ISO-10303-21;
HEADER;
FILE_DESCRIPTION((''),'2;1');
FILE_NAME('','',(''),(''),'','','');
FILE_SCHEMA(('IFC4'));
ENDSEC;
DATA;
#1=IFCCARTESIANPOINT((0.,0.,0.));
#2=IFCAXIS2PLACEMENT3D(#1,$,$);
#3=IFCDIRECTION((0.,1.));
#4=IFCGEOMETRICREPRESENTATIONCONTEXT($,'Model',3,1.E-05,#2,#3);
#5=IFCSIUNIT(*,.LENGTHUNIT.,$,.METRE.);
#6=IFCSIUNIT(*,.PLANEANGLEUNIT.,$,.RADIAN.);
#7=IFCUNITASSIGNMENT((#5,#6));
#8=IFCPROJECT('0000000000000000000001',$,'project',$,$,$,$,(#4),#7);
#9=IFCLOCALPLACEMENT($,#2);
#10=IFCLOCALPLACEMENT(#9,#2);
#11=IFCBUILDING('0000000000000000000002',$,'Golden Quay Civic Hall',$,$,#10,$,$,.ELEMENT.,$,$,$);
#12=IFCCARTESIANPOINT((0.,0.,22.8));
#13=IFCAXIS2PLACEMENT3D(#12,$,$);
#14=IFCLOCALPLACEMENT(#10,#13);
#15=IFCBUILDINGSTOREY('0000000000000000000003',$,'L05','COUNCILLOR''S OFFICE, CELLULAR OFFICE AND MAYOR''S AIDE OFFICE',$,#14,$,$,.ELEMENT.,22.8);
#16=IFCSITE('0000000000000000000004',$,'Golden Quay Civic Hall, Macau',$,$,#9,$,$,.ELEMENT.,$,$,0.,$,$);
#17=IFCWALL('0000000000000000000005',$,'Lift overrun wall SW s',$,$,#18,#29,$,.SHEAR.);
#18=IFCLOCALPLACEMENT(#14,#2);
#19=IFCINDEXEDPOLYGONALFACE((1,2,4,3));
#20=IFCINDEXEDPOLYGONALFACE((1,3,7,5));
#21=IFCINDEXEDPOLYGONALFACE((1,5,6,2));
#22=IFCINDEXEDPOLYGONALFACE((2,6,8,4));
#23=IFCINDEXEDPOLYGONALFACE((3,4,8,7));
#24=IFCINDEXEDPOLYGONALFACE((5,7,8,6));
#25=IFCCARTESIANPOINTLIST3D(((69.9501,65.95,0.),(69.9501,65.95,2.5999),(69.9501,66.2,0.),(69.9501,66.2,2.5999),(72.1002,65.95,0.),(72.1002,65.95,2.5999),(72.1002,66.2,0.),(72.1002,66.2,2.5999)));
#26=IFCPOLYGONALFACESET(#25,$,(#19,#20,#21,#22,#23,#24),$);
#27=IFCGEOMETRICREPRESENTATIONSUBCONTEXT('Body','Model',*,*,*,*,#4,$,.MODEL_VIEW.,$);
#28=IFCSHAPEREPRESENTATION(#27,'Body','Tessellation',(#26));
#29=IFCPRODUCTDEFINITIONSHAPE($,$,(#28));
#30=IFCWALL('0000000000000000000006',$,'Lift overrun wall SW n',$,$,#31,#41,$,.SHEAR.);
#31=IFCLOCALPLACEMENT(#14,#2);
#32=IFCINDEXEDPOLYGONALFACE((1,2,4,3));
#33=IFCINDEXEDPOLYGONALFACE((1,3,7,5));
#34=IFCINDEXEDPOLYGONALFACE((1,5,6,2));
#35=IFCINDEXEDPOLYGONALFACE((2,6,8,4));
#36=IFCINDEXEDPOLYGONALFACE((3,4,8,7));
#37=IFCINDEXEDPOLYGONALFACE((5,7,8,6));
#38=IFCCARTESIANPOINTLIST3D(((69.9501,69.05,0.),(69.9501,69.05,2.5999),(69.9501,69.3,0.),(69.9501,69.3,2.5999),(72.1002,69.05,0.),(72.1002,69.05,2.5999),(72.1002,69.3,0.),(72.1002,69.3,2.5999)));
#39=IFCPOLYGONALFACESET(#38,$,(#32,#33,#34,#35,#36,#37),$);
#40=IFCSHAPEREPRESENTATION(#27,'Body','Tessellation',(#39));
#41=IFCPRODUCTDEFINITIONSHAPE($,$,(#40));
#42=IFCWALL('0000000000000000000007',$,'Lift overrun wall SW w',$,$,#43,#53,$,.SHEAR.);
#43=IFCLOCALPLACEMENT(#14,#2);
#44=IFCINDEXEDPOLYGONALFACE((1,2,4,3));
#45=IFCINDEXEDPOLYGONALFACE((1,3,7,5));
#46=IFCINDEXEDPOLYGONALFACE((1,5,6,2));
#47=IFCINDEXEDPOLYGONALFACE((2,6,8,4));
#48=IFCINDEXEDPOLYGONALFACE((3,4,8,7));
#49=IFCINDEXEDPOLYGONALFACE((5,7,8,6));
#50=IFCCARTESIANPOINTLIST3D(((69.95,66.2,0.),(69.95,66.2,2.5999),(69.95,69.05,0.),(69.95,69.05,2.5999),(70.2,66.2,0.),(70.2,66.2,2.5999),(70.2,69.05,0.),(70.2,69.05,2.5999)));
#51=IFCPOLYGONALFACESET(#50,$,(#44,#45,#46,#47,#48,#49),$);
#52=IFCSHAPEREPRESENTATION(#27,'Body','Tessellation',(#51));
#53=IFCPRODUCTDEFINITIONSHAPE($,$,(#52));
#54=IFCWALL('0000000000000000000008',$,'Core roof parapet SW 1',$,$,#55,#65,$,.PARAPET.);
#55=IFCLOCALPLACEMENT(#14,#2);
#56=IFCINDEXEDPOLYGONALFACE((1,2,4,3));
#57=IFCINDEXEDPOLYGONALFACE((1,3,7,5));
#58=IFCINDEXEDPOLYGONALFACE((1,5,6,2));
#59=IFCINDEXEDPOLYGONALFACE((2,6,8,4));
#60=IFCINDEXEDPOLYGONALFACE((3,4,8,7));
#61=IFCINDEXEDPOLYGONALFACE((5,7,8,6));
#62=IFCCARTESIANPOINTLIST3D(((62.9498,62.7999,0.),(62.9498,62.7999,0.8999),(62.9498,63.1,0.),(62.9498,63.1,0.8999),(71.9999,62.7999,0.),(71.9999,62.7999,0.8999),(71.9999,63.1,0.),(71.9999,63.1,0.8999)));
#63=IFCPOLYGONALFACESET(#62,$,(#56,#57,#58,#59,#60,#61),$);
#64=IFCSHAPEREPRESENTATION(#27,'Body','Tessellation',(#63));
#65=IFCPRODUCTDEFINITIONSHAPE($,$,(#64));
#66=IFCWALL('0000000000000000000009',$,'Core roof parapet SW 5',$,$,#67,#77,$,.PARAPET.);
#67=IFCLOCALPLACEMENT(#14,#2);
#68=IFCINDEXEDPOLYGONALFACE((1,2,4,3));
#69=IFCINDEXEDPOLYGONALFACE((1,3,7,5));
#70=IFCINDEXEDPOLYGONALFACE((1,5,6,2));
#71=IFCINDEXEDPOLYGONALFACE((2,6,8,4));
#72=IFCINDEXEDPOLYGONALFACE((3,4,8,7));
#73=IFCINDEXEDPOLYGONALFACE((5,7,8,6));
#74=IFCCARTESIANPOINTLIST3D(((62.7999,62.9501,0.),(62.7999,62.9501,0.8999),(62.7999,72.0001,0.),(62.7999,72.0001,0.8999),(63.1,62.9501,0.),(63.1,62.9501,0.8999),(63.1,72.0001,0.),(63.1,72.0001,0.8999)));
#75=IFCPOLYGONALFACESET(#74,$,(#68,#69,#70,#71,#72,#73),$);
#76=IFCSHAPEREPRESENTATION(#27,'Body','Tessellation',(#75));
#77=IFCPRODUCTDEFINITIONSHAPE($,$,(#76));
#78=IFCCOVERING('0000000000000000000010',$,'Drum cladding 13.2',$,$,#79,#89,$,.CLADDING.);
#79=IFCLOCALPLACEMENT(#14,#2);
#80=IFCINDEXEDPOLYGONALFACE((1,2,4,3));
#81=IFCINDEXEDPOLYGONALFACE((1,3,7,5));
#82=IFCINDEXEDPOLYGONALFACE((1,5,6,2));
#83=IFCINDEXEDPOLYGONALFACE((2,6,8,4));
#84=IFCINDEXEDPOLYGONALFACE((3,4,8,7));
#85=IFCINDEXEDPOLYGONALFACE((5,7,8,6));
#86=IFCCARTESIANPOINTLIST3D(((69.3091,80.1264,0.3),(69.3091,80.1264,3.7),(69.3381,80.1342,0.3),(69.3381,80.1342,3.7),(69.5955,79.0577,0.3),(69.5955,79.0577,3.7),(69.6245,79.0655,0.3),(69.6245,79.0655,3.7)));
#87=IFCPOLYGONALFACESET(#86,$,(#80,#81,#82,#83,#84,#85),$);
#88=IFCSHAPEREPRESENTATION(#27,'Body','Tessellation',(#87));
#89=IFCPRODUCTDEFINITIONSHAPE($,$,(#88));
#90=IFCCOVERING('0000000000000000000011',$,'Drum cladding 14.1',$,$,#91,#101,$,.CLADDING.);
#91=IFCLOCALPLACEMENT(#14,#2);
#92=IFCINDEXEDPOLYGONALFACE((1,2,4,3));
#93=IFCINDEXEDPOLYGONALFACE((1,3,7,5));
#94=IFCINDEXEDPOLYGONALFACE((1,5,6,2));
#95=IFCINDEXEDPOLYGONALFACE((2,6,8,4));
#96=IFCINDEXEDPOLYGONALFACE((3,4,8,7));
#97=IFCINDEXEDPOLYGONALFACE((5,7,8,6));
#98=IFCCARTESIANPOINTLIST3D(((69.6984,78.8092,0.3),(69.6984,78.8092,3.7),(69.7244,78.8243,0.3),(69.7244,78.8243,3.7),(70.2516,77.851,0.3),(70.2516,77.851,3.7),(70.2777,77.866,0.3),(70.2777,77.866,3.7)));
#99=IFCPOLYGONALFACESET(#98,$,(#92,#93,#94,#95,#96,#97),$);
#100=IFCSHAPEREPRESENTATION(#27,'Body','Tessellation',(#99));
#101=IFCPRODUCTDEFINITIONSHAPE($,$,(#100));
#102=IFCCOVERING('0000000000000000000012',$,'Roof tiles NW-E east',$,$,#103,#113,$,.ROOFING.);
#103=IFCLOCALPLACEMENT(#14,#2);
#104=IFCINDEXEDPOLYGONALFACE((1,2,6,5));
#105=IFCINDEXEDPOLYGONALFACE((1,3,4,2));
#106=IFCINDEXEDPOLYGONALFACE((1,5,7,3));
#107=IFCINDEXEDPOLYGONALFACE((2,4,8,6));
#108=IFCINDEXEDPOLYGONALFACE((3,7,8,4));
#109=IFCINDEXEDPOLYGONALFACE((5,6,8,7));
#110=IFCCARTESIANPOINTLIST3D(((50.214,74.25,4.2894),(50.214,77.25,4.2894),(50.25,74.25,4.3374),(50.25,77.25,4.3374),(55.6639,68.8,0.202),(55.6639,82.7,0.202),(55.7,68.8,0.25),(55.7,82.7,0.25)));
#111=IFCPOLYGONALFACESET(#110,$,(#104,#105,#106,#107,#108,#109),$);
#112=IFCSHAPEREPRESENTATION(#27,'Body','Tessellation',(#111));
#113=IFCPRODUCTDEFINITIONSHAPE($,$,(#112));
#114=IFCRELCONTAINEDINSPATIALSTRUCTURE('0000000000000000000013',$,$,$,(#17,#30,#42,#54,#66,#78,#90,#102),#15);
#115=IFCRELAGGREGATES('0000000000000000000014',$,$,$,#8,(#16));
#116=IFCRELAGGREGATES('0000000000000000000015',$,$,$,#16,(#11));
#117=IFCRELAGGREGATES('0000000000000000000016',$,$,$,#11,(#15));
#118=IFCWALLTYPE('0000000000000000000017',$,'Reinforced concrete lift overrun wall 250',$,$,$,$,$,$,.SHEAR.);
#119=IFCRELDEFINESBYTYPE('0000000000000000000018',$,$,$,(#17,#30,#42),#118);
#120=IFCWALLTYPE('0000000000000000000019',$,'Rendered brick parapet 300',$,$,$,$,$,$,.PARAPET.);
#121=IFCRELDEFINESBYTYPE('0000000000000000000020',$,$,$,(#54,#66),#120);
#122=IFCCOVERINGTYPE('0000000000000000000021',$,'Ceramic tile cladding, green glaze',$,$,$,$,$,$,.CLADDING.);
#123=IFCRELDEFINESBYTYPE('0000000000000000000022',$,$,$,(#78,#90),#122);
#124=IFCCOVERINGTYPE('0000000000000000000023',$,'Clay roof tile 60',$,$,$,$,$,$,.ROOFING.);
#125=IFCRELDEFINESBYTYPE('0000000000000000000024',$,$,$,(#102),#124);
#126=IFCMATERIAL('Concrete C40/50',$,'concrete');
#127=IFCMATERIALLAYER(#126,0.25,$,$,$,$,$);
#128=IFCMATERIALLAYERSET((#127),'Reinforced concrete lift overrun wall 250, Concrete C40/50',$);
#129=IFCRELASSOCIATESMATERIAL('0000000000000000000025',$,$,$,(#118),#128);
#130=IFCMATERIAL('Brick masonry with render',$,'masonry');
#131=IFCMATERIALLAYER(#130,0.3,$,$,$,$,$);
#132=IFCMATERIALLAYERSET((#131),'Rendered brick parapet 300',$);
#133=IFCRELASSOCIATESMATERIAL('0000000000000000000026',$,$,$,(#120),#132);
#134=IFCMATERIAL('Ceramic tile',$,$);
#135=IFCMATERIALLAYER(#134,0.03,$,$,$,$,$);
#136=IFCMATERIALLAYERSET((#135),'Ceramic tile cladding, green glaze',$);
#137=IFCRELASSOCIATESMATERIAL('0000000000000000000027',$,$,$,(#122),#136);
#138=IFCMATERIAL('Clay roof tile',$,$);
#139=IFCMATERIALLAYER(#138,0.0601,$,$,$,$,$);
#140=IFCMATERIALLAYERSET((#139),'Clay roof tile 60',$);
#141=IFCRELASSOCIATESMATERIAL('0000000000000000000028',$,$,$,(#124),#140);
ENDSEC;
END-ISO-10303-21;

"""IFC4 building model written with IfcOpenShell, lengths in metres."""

from ifc_helpers import new_model, si_unit, direction, frame, frame_2d, origin, origin_2d, place, context, subcontext, project, spatial, polyline, rectangle, outline, extrude, material, layer, layer_set, type_object, element, save


model = new_model("IFC4")

# Units and contexts
model_context = context("Model", 3, precision=1e-05, world=origin(), true_north=direction((0.0, 1.0)))
body_context = subcontext(model_context, "Body", "Model", "MODEL_VIEW")
ifc_project = project(units=[si_unit("LENGTHUNIT", "METRE"), si_unit("PLANEANGLEUNIT", "RADIAN")], contexts=[model_context])

# Site, building, storey
site_placement = place(None, origin())
site = spatial("IfcSite", under=ifc_project, at=site_placement, Name="Golden Quay Civic Hall, Macau", CompositionType="ELEMENT", RefElevation=0.0)
building_placement = place(site_placement, origin())
building = spatial("IfcBuilding", under=site, at=building_placement, Name="Golden Quay Civic Hall", CompositionType="ELEMENT")
storey_placement = place(building_placement, frame((0.0, 0.0, 22.8)))
storey = spatial("IfcBuildingStorey", under=building, at=storey_placement, Name="L05", Description="COUNCILLOR'S OFFICE, CELLULAR OFFICE AND MAYOR'S AIDE OFFICE", CompositionType="ELEMENT", Elevation=22.8)

# Walls
ifc_material_1 = material(Name="Concrete C40/50", Category="concrete")
ifc_layer_1 = layer(ifc_material_1, 0.25)
ifc_layer_set_1 = layer_set([ifc_layer_1], Name="Reinforced concrete lift overrun wall 250, Concrete C40/50")
wall_type_1 = type_object("IfcWallType", Name="Reinforced concrete lift overrun wall 250", PredefinedType="SHEAR", material=ifc_layer_set_1)
for number, where, z_axis, x_axis, name in (
    (1, (69.95, 66.075, 0.0), (0.0, 0.0, 1.0), (1.0, 0.0, 0.0), "Lift overrun wall SW s"),
    (2, (69.95, 69.175, 0.0), (0.0, 0.0, 1.0), (1.0, 0.0, 0.0), "Lift overrun wall SW n"),
):
    element("IfcWall", number, at=place(storey_placement, frame(where, z_axis=z_axis, x_axis=x_axis)), inside=storey, type_object=wall_type_1, Name=name, PredefinedType="SHEAR", context=body_context, shape_type="SweptSolid", body=[
        extrude(rectangle(XDim=2.1501, YDim=0.25, at=frame_2d((1.0752, 0.0))), origin(), (0.0, 0.0, 1.0), 2.5999),
    ])
wall_1_placement = place(storey_placement, frame((70.075, 66.2, 0.0), z_axis=(0.0, 0.0, 1.0), x_axis=(0.0, 1.0, 0.0)))
element("IfcWall", 3, at=wall_1_placement, inside=storey, type_object=wall_type_1, Name="Lift overrun wall SW w", PredefinedType="SHEAR", context=body_context, shape_type="SweptSolid", body=[
    extrude(rectangle(XDim=2.8501, YDim=0.25, at=frame_2d((1.425, 0.0))), origin(), (0.0, 0.0, 1.0), 2.5999),
])
ifc_material_2 = material(Name="Brick masonry with render", Category="masonry")
ifc_layer_2 = layer(ifc_material_2, 0.3)
ifc_layer_set_2 = layer_set([ifc_layer_2], Name="Rendered brick parapet 300")
wall_type_2 = type_object("IfcWallType", Name="Rendered brick parapet 300", PredefinedType="PARAPET", material=ifc_layer_set_2)
for number, where, z_axis, x_axis, name in (
    (4, (62.95, 62.95, 0.0), (0.0, 0.0, 1.0), (1.0, 0.0, 0.0), "Core roof parapet SW 1"),
    (5, (62.95, 72.0, 0.0), (0.0, 0.0, 1.0), (0.0, -1.0, 0.0), "Core roof parapet SW 5"),
):
    element("IfcWall", number, at=place(storey_placement, frame(where, z_axis=z_axis, x_axis=x_axis)), inside=storey, type_object=wall_type_2, Name=name, PredefinedType="PARAPET", context=body_context, shape_type="SweptSolid", body=[
        extrude(rectangle(XDim=9.05, YDim=0.3, at=frame_2d((4.5249, 0.0))), origin(), (0.0, 0.0, 1.0), 0.8999),
    ])

# Coverings
ifc_material_3 = material(Name="Ceramic tile")
ifc_layer_3 = layer(ifc_material_3, 0.03)
ifc_layer_set_3 = layer_set([ifc_layer_3], Name="Ceramic tile cladding, green glaze")
covering_type_1 = type_object("IfcCoveringType", Name="Ceramic tile cladding, green glaze", PredefinedType="CLADDING", material=ifc_layer_set_3)
for number, where, z_axis, x_axis, name in (
    (6, (69.4668, 79.5959, 0.3), (0.0, 0.0, 1.0), (0.258819, -0.965926, 0.0), "Drum cladding 13.2"),
    (7, (69.988, 78.3376, 0.3), (0.0, 0.0, 1.0), (0.5, -0.866025, 0.0), "Drum cladding 14.1"),
):
    element("IfcCovering", number, at=place(storey_placement, frame(where, z_axis=z_axis, x_axis=x_axis)), inside=storey, type_object=covering_type_1, Name=name, PredefinedType="CLADDING", context=body_context, shape_type="SweptSolid", body=[
        extrude(rectangle(XDim=1.1064, YDim=0.03, at=origin_2d()), origin(), (0.0, 0.0, 1.0), 3.3999),
    ])
ifc_material_4 = material(Name="Clay roof tile")
ifc_layer_4 = layer(ifc_material_4, 0.0601)
ifc_layer_set_4 = layer_set([ifc_layer_4], Name="Clay roof tile 60")
covering_type_2 = type_object("IfcCoveringType", Name="Clay roof tile 60", PredefinedType="ROOFING", material=ifc_layer_set_4)
covering_placement = place(storey_placement, frame((55.7, 68.8, 0.25), z_axis=(0.599994, 0.0, 0.800004), x_axis=(0.0, 1.0, 0.0)))
element("IfcCovering", 8, at=covering_placement, inside=storey, type_object=covering_type_2, Name="Roof tiles NW-E east", PredefinedType="ROOFING", context=body_context, shape_type="SweptSolid", body=[
    extrude(outline(polyline([(0.0, 0.0), (13.8999, 0.0), (8.45, 6.8124), (5.45, 6.8124), (0.0, 0.0)])), origin(), (0.0, 0.0, -1.0), 0.0601),
])

save(model, "model.ifc")
